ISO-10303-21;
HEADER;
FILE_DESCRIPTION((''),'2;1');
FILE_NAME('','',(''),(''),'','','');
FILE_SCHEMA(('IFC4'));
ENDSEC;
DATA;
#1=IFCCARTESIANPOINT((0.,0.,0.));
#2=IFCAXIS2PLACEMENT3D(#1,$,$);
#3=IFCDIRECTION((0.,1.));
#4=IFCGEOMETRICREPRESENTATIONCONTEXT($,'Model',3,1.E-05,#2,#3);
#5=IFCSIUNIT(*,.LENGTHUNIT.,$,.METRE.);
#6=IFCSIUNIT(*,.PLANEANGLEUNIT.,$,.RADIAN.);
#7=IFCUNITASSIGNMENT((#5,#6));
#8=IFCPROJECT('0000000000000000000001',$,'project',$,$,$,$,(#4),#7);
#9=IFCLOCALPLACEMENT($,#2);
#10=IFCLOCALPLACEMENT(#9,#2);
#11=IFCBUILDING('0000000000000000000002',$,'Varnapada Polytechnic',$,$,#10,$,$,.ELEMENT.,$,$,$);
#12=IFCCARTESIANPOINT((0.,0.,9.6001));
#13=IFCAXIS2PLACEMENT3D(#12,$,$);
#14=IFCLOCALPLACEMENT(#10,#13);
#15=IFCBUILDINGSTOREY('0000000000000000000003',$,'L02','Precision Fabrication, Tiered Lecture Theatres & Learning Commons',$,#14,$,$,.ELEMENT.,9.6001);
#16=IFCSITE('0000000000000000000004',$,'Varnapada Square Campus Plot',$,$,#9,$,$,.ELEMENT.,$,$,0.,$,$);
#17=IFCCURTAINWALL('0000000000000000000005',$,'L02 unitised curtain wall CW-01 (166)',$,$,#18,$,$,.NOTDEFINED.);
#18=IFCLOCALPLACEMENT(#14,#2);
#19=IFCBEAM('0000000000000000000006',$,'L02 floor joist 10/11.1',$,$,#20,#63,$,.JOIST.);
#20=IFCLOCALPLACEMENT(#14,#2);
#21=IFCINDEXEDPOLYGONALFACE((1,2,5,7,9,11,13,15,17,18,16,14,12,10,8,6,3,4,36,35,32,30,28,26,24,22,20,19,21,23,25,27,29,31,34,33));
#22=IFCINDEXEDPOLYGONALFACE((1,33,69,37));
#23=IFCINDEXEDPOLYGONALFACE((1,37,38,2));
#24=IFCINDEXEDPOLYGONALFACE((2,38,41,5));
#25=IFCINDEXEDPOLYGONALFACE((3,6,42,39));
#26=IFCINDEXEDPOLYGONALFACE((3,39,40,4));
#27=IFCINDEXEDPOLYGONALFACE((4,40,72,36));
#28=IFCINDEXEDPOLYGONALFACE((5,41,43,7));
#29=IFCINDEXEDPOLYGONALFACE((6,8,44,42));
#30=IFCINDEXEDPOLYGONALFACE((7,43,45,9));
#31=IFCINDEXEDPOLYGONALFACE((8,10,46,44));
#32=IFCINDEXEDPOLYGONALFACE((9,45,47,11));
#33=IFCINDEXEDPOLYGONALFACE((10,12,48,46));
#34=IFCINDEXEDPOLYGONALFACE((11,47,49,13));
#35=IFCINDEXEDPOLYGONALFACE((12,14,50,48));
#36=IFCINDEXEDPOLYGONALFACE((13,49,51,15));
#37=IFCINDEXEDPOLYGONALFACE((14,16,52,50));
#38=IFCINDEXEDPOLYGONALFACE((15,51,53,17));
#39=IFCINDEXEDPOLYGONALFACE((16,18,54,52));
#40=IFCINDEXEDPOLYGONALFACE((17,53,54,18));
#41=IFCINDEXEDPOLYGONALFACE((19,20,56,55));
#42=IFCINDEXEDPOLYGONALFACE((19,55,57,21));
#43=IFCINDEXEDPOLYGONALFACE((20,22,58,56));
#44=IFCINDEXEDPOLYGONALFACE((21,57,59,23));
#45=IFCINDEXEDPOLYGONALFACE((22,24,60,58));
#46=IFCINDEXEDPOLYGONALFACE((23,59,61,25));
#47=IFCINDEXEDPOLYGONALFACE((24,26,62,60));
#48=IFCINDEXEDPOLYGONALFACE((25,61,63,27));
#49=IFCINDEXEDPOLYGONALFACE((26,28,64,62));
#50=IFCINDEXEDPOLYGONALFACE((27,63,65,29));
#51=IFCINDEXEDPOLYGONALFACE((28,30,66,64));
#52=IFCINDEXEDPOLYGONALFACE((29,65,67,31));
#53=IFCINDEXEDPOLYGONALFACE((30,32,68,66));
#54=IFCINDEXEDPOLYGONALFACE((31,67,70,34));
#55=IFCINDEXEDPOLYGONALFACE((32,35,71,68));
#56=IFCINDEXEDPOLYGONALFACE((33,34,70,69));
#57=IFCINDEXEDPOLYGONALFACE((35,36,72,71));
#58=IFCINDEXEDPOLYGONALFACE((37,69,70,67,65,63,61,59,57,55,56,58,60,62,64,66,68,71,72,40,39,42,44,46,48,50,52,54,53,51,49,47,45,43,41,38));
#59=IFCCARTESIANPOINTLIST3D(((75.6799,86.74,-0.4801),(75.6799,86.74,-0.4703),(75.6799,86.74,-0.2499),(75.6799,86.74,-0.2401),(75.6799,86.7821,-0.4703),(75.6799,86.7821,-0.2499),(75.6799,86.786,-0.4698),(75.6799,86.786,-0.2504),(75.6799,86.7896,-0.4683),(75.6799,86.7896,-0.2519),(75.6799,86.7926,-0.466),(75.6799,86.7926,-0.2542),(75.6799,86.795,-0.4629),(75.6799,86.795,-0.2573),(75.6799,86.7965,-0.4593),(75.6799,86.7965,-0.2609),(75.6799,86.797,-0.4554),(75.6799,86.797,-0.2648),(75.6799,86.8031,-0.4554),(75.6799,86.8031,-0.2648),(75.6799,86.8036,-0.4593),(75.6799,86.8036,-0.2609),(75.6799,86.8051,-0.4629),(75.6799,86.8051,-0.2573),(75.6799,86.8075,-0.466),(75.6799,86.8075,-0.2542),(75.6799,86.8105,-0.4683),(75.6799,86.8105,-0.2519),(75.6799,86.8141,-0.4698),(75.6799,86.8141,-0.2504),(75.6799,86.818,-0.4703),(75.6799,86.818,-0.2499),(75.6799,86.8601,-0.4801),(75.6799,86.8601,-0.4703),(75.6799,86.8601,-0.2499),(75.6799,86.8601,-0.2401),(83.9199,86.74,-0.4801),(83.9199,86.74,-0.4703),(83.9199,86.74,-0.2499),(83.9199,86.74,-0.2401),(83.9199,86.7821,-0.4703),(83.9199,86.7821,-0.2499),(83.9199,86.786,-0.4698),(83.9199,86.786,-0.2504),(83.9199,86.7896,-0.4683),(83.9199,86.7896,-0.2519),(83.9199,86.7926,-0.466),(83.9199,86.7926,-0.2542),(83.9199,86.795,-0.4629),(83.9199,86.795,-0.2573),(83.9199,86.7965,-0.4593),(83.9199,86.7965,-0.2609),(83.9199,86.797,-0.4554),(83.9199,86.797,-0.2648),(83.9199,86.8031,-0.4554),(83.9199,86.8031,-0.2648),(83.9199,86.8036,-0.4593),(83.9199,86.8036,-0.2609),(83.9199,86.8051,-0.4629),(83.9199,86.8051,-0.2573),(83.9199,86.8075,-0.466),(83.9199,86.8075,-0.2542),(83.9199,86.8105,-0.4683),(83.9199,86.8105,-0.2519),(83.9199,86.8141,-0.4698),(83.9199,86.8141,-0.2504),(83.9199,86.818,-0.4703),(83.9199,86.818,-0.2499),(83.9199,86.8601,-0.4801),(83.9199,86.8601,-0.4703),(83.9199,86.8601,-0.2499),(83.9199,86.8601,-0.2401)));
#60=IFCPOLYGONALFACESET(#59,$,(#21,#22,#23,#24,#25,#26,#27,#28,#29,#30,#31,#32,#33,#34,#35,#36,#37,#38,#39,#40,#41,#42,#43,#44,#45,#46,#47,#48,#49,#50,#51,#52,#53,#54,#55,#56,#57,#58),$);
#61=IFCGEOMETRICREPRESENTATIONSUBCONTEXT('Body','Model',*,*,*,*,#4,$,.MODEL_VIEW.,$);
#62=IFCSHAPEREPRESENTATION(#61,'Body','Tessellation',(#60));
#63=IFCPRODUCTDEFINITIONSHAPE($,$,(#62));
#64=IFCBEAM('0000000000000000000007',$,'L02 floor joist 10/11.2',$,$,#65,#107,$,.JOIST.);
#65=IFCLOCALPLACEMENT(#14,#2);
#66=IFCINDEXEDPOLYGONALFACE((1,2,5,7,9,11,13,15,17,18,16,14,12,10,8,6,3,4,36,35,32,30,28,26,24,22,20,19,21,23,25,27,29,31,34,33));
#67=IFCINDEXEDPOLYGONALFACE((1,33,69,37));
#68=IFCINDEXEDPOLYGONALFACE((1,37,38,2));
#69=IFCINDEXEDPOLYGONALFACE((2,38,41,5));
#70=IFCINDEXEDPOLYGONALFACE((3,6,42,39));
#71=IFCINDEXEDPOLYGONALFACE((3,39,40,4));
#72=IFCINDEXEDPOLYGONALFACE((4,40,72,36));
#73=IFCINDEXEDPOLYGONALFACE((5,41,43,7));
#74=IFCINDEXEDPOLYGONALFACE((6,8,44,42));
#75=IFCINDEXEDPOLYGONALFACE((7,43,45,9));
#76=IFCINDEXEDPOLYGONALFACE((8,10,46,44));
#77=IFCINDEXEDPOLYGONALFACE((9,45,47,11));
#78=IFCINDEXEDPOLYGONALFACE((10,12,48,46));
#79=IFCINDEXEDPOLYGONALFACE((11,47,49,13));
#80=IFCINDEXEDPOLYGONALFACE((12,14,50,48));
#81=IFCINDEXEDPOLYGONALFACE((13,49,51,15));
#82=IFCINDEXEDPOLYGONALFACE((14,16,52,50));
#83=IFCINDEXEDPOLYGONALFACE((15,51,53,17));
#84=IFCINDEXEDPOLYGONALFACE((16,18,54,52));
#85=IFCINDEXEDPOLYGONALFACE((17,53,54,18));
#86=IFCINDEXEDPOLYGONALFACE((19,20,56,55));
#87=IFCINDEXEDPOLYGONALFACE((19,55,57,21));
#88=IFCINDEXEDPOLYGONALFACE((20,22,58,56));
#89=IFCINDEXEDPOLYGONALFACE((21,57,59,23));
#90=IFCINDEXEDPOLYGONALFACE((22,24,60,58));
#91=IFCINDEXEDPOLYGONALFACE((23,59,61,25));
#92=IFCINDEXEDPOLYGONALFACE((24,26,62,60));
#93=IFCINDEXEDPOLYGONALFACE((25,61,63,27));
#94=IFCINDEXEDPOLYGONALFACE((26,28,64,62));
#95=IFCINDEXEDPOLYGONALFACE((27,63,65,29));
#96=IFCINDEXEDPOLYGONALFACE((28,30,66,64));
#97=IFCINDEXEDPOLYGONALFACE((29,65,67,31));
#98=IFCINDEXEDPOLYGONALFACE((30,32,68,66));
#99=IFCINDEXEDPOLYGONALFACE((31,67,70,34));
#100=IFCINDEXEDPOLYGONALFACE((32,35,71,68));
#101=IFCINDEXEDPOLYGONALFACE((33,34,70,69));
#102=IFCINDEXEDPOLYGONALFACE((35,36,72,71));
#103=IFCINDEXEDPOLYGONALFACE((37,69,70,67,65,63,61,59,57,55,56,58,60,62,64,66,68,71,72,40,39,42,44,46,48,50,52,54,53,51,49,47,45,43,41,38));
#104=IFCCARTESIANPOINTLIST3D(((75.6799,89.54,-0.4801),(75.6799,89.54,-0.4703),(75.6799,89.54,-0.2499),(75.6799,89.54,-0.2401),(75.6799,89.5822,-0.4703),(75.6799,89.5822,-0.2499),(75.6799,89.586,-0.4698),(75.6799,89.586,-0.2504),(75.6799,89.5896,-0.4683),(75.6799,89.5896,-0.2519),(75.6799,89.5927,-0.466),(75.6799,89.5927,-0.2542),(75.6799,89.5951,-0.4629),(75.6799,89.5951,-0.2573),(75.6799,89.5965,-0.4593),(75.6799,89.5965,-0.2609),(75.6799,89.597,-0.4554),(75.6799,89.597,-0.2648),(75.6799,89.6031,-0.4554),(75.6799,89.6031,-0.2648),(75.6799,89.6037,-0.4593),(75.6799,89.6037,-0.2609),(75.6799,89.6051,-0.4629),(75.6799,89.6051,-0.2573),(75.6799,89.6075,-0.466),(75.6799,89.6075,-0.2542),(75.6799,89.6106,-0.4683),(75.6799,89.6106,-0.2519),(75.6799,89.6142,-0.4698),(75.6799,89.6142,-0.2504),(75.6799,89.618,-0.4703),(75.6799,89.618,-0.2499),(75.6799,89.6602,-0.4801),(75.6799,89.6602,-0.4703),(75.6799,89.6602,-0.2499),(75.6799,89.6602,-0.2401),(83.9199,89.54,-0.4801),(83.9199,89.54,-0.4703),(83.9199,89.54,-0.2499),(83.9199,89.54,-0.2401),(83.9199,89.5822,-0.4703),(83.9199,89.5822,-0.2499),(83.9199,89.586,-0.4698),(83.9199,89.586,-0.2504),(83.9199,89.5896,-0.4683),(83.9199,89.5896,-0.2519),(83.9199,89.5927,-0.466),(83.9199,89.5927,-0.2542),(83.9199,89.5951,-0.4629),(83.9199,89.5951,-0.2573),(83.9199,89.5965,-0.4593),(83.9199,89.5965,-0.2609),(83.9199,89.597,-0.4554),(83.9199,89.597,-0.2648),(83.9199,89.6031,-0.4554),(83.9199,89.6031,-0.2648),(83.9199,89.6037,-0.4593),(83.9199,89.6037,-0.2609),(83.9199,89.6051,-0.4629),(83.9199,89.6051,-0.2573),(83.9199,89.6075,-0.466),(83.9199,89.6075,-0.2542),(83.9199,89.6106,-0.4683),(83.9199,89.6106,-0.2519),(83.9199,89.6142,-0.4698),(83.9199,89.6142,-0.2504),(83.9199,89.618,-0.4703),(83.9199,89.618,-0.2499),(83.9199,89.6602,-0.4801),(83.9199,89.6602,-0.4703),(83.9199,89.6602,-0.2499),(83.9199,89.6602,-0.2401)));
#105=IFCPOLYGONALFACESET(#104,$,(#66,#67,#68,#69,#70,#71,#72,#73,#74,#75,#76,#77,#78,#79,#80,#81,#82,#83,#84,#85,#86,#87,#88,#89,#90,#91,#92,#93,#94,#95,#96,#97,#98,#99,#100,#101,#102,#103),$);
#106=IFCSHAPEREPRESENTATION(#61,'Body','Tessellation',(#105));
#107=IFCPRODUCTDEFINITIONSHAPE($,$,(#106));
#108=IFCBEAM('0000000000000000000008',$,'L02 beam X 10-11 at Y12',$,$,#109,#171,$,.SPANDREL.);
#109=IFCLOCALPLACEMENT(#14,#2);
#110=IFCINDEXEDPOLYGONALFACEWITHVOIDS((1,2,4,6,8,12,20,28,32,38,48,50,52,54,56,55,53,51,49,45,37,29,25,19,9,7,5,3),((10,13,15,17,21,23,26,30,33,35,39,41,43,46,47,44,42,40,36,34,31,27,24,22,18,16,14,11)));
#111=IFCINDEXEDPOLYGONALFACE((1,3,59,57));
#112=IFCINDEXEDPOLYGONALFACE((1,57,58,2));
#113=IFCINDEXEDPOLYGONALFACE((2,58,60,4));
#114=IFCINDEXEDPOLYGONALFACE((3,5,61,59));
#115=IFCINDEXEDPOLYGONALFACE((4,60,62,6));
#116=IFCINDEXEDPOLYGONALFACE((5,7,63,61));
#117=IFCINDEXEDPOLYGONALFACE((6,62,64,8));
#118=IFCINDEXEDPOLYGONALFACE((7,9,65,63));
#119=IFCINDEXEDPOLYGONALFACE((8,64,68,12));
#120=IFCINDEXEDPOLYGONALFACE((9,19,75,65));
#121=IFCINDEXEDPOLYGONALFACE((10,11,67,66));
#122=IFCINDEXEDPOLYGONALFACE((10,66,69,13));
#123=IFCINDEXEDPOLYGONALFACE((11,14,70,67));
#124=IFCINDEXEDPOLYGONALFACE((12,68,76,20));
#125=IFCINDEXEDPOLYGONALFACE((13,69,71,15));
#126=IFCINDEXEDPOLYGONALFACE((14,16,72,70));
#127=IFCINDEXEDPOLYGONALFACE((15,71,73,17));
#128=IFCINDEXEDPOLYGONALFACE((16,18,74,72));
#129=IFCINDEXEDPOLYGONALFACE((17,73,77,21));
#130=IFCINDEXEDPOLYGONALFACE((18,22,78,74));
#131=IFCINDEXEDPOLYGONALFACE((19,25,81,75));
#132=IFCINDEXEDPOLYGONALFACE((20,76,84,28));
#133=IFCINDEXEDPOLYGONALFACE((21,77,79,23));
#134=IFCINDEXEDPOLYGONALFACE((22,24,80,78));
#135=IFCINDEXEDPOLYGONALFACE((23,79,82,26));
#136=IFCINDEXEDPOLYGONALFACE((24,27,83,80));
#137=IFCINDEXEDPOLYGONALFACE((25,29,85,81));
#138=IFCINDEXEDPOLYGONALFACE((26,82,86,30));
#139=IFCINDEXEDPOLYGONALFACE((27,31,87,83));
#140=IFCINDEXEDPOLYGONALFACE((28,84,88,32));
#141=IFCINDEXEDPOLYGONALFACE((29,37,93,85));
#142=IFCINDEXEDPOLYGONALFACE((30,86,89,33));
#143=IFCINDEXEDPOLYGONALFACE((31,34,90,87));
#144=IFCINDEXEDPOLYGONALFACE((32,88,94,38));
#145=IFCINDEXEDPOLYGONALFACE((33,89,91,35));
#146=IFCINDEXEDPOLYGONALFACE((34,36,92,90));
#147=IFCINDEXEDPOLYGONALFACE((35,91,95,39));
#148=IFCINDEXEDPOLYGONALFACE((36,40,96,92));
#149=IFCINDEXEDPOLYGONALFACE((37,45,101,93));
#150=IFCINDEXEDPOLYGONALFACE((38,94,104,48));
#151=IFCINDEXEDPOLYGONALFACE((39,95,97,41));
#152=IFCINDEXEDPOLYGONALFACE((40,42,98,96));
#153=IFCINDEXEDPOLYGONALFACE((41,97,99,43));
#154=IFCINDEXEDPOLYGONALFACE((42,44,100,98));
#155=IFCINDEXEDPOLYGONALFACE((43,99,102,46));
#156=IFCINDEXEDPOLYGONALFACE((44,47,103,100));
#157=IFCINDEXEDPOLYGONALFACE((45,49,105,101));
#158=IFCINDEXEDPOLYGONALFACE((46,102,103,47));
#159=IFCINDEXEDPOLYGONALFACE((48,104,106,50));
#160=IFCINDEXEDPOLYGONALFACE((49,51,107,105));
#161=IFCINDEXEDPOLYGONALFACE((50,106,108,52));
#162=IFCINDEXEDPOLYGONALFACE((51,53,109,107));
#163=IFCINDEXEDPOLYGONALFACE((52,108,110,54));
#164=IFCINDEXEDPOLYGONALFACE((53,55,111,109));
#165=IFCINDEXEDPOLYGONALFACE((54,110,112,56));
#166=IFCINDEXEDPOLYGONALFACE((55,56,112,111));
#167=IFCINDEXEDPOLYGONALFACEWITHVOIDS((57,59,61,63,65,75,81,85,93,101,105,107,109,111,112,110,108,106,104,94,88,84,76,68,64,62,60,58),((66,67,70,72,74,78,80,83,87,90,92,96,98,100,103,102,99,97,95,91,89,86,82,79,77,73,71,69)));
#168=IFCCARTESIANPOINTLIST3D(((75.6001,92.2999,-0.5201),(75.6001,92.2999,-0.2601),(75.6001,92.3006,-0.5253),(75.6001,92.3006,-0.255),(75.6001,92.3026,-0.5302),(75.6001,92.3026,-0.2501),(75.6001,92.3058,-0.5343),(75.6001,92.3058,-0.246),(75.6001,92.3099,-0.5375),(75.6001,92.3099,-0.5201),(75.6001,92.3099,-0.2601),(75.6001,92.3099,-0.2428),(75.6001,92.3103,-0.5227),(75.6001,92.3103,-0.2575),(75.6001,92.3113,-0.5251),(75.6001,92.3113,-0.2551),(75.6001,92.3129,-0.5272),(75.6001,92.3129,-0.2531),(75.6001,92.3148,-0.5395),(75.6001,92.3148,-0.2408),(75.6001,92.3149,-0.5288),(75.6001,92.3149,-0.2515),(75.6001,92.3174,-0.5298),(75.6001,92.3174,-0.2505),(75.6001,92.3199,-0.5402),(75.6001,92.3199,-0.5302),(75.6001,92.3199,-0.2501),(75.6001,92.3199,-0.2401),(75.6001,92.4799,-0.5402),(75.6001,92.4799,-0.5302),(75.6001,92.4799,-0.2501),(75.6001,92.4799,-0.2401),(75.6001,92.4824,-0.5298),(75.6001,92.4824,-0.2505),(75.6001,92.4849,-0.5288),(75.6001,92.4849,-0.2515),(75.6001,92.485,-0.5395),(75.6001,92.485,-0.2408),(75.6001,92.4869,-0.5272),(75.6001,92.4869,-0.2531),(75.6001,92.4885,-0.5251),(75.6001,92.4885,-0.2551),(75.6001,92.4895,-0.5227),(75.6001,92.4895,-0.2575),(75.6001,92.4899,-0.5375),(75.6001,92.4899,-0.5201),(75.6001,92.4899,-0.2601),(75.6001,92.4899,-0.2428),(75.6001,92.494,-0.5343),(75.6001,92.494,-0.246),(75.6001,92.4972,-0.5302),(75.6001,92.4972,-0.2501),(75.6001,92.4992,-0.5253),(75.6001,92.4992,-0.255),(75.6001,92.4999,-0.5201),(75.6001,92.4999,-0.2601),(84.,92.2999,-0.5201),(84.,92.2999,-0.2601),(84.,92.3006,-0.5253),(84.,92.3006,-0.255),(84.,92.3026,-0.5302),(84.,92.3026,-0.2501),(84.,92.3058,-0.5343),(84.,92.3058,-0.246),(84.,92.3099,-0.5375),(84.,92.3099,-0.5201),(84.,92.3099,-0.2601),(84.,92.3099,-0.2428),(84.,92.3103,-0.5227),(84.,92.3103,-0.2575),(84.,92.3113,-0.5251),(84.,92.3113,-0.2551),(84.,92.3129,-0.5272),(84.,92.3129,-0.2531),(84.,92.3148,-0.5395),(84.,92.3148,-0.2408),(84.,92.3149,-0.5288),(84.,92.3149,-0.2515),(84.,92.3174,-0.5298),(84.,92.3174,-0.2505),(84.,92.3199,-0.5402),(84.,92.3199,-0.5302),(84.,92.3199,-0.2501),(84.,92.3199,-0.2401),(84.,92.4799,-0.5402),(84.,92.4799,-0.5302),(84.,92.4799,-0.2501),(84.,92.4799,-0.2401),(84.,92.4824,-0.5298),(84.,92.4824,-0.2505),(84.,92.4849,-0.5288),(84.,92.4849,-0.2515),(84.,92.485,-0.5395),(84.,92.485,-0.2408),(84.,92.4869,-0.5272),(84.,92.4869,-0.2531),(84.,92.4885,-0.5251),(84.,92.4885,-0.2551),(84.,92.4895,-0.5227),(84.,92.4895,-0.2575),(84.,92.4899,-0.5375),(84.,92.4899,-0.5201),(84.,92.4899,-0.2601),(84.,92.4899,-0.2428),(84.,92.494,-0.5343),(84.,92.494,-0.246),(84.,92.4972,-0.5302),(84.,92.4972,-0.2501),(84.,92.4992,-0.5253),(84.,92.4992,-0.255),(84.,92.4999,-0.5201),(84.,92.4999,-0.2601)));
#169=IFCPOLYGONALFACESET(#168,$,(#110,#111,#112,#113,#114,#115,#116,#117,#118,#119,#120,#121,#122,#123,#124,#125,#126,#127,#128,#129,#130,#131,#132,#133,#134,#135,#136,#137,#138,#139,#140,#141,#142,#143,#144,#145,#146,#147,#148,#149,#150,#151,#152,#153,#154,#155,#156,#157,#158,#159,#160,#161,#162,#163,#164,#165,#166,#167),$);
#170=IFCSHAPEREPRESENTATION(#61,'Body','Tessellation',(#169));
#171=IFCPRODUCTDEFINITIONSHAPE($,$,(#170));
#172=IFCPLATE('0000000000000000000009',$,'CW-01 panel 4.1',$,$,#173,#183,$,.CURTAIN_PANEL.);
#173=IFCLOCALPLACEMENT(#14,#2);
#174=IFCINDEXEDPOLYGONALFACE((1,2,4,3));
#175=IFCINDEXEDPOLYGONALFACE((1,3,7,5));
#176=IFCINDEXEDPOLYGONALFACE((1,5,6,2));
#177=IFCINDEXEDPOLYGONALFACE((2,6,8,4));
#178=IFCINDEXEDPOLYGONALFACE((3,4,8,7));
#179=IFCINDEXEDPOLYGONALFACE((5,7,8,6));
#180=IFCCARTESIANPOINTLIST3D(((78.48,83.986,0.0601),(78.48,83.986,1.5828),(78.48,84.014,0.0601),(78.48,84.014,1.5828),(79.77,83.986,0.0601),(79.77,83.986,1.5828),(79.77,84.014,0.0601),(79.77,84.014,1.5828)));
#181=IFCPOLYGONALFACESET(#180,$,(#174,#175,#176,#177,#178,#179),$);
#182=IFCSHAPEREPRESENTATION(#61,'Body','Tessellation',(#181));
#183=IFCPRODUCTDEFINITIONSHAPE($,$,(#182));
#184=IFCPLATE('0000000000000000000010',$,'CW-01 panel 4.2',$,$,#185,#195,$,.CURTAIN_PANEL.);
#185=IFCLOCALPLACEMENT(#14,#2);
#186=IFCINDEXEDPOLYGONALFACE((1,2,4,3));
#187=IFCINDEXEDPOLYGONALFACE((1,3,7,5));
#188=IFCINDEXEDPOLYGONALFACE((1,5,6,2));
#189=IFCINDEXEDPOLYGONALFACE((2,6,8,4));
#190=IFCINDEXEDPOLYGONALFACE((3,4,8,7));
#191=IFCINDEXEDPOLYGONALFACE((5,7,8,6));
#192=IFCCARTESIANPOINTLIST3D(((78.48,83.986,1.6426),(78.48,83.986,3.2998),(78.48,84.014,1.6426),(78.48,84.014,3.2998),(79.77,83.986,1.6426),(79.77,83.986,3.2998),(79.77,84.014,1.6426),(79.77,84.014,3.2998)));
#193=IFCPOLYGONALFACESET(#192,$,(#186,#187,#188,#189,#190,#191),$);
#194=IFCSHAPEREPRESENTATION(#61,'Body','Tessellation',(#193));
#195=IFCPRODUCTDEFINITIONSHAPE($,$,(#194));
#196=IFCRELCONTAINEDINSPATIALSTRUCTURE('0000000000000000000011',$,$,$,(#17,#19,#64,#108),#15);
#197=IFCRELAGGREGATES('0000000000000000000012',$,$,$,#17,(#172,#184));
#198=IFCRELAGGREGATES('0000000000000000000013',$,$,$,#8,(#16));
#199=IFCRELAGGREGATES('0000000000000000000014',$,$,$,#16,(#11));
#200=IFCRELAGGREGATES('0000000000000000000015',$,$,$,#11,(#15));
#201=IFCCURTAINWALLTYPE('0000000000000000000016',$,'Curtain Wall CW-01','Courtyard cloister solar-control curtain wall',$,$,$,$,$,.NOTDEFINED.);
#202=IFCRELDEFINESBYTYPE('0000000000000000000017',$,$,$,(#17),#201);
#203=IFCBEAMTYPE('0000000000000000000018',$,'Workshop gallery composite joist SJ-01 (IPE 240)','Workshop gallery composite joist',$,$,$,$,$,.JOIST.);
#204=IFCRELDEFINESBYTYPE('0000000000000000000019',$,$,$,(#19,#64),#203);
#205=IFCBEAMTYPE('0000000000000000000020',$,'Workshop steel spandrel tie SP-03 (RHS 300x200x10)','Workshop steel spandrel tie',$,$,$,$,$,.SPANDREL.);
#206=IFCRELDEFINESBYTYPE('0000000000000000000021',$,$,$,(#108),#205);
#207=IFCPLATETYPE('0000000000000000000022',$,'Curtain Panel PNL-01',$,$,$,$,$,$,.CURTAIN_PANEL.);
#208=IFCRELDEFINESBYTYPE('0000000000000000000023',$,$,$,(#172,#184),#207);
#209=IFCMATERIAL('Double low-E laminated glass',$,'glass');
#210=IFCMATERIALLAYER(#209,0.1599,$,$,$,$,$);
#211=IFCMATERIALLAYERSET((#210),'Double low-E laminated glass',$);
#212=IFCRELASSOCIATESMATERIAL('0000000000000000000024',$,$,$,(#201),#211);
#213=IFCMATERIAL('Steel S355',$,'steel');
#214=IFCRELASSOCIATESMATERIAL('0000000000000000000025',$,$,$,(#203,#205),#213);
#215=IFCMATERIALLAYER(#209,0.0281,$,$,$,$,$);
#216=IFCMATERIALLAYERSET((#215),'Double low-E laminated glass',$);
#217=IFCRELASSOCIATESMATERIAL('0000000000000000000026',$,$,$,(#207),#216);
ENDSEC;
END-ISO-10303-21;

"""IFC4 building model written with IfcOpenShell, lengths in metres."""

from ifc_helpers import new_model, si_unit, direction, frame, origin, origin_2d, place, context, subcontext, project, spatial, rectangle, hollow_rectangle, i_section, extrude, material, layer, layer_set, material_profile, profile_set, type_object, element, aggregate, save


model = new_model("IFC4")

# Units and contexts
model_context = context("Model", 3, precision=1e-05, world=origin(), true_north=direction((0.0, 1.0)))
body_context = subcontext(model_context, "Body", "Model", "MODEL_VIEW")
ifc_project = project(units=[si_unit("LENGTHUNIT", "METRE"), si_unit("PLANEANGLEUNIT", "RADIAN")], contexts=[model_context])

# Site, building, storey
site_placement = place(None, origin())
site = spatial("IfcSite", under=ifc_project, at=site_placement, Name="Varnapada Square Campus Plot", CompositionType="ELEMENT", RefElevation=0.0)
building_placement = place(site_placement, origin())
building = spatial("IfcBuilding", under=site, at=building_placement, Name="Varnapada Polytechnic", CompositionType="ELEMENT")
storey_placement = place(building_placement, frame((0.0, 0.0, 9.6001)))
storey = spatial("IfcBuildingStorey", under=building, at=storey_placement, Name="L02", Description="Precision Fabrication, Tiered Lecture Theatres & Learning Commons", CompositionType="ELEMENT", Elevation=9.6001)

# Curtain wall
ifc_material_1 = material(Name="Double low-E laminated glass", Category="glass")
ifc_layer_1 = layer(ifc_material_1, 0.1599)
ifc_layer_set_1 = layer_set([ifc_layer_1], Name="Double low-E laminated glass")
curtain_wall_type_1 = type_object("IfcCurtainWallType", Name="Curtain Wall CW-01", Description="Courtyard cloister solar-control curtain wall", PredefinedType="NOTDEFINED", material=ifc_layer_set_1)
curtain_wall_1_placement = place(storey_placement, origin())
curtain_wall_1 = element("IfcCurtainWall", 1, at=curtain_wall_1_placement, inside=storey, type_object=curtain_wall_type_1, Name="L02 unitised curtain wall CW-01 (166)", PredefinedType="NOTDEFINED")

# Beams
ifc_material_2 = material(Name="Steel S355", Category="steel")
ifc_material_profile_1 = material_profile(ifc_material_2, i_section(OverallWidth=0.1201, OverallDepth=0.24, WebThickness=0.0061, FlangeThickness=0.0098, FilletRadius=0.0149, at=origin_2d()), Name="IPE 240")
ifc_profile_set_1 = profile_set([ifc_material_profile_1], Name="Steel S355")
beam_type_1 = type_object("IfcBeamType", Name="Workshop gallery composite joist SJ-01 (IPE 240)", Description="Workshop gallery composite joist", PredefinedType="JOIST", material=ifc_profile_set_1)
for number, where, z_axis, x_axis, name in (
    (2, (75.6799, 86.8, -0.3601), (1.0, 0.0, 0.0), (0.0, 1.0, 0.0), "L02 floor joist 10/11.1"),
    (3, (75.6799, 89.6001, -0.3601), (1.0, 0.0, 0.0), (0.0, 1.0, 0.0), "L02 floor joist 10/11.2"),
):
    element("IfcBeam", number, at=place(storey_placement, frame(where, z_axis=z_axis, x_axis=x_axis)), inside=storey, type_object=beam_type_1, Name=name, PredefinedType="JOIST", context=body_context, shape_type="SweptSolid", body=[
        extrude(i_section(OverallWidth=0.1201, OverallDepth=0.24, WebThickness=0.0061, FlangeThickness=0.0098, FilletRadius=0.0149, at=origin_2d()), origin(), (0.0, 0.0, 1.0), 8.24),
    ])
ifc_material_profile_2 = material_profile(ifc_material_2, hollow_rectangle(XDim=0.2, YDim=0.3, WallThickness=0.01, InnerFilletRadius=0.01, OuterFilletRadius=0.02, at=origin_2d()), Name="RHS 300x200x10")
ifc_profile_set_2 = profile_set([ifc_material_profile_2], Name="Steel S355")
beam_type_2 = type_object("IfcBeamType", Name="Workshop steel spandrel tie SP-03 (RHS 300x200x10)", Description="Workshop steel spandrel tie", PredefinedType="SPANDREL", material=ifc_profile_set_2)
beam_placement = place(storey_placement, frame((75.6001, 92.3999, -0.3901), z_axis=(1.0, 0.0, 0.0), x_axis=(0.0, 1.0, 0.0)))
element("IfcBeam", 4, at=beam_placement, inside=storey, type_object=beam_type_2, Name="L02 beam X 10-11 at Y12", PredefinedType="SPANDREL", context=body_context, shape_type="SweptSolid", body=[
    extrude(hollow_rectangle(XDim=0.2, YDim=0.3, WallThickness=0.01, InnerFilletRadius=0.01, OuterFilletRadius=0.02, at=origin_2d()), origin(), (0.0, 0.0, 1.0), 8.3999),
])

# Plates
ifc_layer_2 = layer(ifc_material_1, 0.0281)
ifc_layer_set_2 = layer_set([ifc_layer_2], Name="Double low-E laminated glass")
plate_type = type_object("IfcPlateType", Name="Curtain Panel PNL-01", PredefinedType="CURTAIN_PANEL", material=ifc_layer_set_2)
plate_1_placement = place(storey_placement, frame((79.125, 84.0, 0.0601), z_axis=(0.0, 0.0, 1.0), x_axis=(-1.0, 0.0, 0.0)))
plate_1 = element("IfcPlate", 5, at=plate_1_placement, type_object=plate_type, Name="CW-01 panel 4.1", PredefinedType="CURTAIN_PANEL", context=body_context, shape_type="SweptSolid", body=[
    extrude(rectangle(XDim=1.29, YDim=0.0281, at=origin_2d()), origin(), (0.0, 0.0, 1.0), 1.5227),
])
plate_2_placement = place(storey_placement, frame((79.125, 84.0, 1.6426), z_axis=(0.0, 0.0, 1.0), x_axis=(-1.0, 0.0, 0.0)))
plate_2 = element("IfcPlate", 6, at=plate_2_placement, type_object=plate_type, Name="CW-01 panel 4.2", PredefinedType="CURTAIN_PANEL", context=body_context, shape_type="SweptSolid", body=[
    extrude(rectangle(XDim=1.29, YDim=0.0281, at=origin_2d()), origin(), (0.0, 0.0, 1.0), 1.6572),
])
aggregate(curtain_wall_1, [plate_1, plate_2])

save(model, "model.ifc")
